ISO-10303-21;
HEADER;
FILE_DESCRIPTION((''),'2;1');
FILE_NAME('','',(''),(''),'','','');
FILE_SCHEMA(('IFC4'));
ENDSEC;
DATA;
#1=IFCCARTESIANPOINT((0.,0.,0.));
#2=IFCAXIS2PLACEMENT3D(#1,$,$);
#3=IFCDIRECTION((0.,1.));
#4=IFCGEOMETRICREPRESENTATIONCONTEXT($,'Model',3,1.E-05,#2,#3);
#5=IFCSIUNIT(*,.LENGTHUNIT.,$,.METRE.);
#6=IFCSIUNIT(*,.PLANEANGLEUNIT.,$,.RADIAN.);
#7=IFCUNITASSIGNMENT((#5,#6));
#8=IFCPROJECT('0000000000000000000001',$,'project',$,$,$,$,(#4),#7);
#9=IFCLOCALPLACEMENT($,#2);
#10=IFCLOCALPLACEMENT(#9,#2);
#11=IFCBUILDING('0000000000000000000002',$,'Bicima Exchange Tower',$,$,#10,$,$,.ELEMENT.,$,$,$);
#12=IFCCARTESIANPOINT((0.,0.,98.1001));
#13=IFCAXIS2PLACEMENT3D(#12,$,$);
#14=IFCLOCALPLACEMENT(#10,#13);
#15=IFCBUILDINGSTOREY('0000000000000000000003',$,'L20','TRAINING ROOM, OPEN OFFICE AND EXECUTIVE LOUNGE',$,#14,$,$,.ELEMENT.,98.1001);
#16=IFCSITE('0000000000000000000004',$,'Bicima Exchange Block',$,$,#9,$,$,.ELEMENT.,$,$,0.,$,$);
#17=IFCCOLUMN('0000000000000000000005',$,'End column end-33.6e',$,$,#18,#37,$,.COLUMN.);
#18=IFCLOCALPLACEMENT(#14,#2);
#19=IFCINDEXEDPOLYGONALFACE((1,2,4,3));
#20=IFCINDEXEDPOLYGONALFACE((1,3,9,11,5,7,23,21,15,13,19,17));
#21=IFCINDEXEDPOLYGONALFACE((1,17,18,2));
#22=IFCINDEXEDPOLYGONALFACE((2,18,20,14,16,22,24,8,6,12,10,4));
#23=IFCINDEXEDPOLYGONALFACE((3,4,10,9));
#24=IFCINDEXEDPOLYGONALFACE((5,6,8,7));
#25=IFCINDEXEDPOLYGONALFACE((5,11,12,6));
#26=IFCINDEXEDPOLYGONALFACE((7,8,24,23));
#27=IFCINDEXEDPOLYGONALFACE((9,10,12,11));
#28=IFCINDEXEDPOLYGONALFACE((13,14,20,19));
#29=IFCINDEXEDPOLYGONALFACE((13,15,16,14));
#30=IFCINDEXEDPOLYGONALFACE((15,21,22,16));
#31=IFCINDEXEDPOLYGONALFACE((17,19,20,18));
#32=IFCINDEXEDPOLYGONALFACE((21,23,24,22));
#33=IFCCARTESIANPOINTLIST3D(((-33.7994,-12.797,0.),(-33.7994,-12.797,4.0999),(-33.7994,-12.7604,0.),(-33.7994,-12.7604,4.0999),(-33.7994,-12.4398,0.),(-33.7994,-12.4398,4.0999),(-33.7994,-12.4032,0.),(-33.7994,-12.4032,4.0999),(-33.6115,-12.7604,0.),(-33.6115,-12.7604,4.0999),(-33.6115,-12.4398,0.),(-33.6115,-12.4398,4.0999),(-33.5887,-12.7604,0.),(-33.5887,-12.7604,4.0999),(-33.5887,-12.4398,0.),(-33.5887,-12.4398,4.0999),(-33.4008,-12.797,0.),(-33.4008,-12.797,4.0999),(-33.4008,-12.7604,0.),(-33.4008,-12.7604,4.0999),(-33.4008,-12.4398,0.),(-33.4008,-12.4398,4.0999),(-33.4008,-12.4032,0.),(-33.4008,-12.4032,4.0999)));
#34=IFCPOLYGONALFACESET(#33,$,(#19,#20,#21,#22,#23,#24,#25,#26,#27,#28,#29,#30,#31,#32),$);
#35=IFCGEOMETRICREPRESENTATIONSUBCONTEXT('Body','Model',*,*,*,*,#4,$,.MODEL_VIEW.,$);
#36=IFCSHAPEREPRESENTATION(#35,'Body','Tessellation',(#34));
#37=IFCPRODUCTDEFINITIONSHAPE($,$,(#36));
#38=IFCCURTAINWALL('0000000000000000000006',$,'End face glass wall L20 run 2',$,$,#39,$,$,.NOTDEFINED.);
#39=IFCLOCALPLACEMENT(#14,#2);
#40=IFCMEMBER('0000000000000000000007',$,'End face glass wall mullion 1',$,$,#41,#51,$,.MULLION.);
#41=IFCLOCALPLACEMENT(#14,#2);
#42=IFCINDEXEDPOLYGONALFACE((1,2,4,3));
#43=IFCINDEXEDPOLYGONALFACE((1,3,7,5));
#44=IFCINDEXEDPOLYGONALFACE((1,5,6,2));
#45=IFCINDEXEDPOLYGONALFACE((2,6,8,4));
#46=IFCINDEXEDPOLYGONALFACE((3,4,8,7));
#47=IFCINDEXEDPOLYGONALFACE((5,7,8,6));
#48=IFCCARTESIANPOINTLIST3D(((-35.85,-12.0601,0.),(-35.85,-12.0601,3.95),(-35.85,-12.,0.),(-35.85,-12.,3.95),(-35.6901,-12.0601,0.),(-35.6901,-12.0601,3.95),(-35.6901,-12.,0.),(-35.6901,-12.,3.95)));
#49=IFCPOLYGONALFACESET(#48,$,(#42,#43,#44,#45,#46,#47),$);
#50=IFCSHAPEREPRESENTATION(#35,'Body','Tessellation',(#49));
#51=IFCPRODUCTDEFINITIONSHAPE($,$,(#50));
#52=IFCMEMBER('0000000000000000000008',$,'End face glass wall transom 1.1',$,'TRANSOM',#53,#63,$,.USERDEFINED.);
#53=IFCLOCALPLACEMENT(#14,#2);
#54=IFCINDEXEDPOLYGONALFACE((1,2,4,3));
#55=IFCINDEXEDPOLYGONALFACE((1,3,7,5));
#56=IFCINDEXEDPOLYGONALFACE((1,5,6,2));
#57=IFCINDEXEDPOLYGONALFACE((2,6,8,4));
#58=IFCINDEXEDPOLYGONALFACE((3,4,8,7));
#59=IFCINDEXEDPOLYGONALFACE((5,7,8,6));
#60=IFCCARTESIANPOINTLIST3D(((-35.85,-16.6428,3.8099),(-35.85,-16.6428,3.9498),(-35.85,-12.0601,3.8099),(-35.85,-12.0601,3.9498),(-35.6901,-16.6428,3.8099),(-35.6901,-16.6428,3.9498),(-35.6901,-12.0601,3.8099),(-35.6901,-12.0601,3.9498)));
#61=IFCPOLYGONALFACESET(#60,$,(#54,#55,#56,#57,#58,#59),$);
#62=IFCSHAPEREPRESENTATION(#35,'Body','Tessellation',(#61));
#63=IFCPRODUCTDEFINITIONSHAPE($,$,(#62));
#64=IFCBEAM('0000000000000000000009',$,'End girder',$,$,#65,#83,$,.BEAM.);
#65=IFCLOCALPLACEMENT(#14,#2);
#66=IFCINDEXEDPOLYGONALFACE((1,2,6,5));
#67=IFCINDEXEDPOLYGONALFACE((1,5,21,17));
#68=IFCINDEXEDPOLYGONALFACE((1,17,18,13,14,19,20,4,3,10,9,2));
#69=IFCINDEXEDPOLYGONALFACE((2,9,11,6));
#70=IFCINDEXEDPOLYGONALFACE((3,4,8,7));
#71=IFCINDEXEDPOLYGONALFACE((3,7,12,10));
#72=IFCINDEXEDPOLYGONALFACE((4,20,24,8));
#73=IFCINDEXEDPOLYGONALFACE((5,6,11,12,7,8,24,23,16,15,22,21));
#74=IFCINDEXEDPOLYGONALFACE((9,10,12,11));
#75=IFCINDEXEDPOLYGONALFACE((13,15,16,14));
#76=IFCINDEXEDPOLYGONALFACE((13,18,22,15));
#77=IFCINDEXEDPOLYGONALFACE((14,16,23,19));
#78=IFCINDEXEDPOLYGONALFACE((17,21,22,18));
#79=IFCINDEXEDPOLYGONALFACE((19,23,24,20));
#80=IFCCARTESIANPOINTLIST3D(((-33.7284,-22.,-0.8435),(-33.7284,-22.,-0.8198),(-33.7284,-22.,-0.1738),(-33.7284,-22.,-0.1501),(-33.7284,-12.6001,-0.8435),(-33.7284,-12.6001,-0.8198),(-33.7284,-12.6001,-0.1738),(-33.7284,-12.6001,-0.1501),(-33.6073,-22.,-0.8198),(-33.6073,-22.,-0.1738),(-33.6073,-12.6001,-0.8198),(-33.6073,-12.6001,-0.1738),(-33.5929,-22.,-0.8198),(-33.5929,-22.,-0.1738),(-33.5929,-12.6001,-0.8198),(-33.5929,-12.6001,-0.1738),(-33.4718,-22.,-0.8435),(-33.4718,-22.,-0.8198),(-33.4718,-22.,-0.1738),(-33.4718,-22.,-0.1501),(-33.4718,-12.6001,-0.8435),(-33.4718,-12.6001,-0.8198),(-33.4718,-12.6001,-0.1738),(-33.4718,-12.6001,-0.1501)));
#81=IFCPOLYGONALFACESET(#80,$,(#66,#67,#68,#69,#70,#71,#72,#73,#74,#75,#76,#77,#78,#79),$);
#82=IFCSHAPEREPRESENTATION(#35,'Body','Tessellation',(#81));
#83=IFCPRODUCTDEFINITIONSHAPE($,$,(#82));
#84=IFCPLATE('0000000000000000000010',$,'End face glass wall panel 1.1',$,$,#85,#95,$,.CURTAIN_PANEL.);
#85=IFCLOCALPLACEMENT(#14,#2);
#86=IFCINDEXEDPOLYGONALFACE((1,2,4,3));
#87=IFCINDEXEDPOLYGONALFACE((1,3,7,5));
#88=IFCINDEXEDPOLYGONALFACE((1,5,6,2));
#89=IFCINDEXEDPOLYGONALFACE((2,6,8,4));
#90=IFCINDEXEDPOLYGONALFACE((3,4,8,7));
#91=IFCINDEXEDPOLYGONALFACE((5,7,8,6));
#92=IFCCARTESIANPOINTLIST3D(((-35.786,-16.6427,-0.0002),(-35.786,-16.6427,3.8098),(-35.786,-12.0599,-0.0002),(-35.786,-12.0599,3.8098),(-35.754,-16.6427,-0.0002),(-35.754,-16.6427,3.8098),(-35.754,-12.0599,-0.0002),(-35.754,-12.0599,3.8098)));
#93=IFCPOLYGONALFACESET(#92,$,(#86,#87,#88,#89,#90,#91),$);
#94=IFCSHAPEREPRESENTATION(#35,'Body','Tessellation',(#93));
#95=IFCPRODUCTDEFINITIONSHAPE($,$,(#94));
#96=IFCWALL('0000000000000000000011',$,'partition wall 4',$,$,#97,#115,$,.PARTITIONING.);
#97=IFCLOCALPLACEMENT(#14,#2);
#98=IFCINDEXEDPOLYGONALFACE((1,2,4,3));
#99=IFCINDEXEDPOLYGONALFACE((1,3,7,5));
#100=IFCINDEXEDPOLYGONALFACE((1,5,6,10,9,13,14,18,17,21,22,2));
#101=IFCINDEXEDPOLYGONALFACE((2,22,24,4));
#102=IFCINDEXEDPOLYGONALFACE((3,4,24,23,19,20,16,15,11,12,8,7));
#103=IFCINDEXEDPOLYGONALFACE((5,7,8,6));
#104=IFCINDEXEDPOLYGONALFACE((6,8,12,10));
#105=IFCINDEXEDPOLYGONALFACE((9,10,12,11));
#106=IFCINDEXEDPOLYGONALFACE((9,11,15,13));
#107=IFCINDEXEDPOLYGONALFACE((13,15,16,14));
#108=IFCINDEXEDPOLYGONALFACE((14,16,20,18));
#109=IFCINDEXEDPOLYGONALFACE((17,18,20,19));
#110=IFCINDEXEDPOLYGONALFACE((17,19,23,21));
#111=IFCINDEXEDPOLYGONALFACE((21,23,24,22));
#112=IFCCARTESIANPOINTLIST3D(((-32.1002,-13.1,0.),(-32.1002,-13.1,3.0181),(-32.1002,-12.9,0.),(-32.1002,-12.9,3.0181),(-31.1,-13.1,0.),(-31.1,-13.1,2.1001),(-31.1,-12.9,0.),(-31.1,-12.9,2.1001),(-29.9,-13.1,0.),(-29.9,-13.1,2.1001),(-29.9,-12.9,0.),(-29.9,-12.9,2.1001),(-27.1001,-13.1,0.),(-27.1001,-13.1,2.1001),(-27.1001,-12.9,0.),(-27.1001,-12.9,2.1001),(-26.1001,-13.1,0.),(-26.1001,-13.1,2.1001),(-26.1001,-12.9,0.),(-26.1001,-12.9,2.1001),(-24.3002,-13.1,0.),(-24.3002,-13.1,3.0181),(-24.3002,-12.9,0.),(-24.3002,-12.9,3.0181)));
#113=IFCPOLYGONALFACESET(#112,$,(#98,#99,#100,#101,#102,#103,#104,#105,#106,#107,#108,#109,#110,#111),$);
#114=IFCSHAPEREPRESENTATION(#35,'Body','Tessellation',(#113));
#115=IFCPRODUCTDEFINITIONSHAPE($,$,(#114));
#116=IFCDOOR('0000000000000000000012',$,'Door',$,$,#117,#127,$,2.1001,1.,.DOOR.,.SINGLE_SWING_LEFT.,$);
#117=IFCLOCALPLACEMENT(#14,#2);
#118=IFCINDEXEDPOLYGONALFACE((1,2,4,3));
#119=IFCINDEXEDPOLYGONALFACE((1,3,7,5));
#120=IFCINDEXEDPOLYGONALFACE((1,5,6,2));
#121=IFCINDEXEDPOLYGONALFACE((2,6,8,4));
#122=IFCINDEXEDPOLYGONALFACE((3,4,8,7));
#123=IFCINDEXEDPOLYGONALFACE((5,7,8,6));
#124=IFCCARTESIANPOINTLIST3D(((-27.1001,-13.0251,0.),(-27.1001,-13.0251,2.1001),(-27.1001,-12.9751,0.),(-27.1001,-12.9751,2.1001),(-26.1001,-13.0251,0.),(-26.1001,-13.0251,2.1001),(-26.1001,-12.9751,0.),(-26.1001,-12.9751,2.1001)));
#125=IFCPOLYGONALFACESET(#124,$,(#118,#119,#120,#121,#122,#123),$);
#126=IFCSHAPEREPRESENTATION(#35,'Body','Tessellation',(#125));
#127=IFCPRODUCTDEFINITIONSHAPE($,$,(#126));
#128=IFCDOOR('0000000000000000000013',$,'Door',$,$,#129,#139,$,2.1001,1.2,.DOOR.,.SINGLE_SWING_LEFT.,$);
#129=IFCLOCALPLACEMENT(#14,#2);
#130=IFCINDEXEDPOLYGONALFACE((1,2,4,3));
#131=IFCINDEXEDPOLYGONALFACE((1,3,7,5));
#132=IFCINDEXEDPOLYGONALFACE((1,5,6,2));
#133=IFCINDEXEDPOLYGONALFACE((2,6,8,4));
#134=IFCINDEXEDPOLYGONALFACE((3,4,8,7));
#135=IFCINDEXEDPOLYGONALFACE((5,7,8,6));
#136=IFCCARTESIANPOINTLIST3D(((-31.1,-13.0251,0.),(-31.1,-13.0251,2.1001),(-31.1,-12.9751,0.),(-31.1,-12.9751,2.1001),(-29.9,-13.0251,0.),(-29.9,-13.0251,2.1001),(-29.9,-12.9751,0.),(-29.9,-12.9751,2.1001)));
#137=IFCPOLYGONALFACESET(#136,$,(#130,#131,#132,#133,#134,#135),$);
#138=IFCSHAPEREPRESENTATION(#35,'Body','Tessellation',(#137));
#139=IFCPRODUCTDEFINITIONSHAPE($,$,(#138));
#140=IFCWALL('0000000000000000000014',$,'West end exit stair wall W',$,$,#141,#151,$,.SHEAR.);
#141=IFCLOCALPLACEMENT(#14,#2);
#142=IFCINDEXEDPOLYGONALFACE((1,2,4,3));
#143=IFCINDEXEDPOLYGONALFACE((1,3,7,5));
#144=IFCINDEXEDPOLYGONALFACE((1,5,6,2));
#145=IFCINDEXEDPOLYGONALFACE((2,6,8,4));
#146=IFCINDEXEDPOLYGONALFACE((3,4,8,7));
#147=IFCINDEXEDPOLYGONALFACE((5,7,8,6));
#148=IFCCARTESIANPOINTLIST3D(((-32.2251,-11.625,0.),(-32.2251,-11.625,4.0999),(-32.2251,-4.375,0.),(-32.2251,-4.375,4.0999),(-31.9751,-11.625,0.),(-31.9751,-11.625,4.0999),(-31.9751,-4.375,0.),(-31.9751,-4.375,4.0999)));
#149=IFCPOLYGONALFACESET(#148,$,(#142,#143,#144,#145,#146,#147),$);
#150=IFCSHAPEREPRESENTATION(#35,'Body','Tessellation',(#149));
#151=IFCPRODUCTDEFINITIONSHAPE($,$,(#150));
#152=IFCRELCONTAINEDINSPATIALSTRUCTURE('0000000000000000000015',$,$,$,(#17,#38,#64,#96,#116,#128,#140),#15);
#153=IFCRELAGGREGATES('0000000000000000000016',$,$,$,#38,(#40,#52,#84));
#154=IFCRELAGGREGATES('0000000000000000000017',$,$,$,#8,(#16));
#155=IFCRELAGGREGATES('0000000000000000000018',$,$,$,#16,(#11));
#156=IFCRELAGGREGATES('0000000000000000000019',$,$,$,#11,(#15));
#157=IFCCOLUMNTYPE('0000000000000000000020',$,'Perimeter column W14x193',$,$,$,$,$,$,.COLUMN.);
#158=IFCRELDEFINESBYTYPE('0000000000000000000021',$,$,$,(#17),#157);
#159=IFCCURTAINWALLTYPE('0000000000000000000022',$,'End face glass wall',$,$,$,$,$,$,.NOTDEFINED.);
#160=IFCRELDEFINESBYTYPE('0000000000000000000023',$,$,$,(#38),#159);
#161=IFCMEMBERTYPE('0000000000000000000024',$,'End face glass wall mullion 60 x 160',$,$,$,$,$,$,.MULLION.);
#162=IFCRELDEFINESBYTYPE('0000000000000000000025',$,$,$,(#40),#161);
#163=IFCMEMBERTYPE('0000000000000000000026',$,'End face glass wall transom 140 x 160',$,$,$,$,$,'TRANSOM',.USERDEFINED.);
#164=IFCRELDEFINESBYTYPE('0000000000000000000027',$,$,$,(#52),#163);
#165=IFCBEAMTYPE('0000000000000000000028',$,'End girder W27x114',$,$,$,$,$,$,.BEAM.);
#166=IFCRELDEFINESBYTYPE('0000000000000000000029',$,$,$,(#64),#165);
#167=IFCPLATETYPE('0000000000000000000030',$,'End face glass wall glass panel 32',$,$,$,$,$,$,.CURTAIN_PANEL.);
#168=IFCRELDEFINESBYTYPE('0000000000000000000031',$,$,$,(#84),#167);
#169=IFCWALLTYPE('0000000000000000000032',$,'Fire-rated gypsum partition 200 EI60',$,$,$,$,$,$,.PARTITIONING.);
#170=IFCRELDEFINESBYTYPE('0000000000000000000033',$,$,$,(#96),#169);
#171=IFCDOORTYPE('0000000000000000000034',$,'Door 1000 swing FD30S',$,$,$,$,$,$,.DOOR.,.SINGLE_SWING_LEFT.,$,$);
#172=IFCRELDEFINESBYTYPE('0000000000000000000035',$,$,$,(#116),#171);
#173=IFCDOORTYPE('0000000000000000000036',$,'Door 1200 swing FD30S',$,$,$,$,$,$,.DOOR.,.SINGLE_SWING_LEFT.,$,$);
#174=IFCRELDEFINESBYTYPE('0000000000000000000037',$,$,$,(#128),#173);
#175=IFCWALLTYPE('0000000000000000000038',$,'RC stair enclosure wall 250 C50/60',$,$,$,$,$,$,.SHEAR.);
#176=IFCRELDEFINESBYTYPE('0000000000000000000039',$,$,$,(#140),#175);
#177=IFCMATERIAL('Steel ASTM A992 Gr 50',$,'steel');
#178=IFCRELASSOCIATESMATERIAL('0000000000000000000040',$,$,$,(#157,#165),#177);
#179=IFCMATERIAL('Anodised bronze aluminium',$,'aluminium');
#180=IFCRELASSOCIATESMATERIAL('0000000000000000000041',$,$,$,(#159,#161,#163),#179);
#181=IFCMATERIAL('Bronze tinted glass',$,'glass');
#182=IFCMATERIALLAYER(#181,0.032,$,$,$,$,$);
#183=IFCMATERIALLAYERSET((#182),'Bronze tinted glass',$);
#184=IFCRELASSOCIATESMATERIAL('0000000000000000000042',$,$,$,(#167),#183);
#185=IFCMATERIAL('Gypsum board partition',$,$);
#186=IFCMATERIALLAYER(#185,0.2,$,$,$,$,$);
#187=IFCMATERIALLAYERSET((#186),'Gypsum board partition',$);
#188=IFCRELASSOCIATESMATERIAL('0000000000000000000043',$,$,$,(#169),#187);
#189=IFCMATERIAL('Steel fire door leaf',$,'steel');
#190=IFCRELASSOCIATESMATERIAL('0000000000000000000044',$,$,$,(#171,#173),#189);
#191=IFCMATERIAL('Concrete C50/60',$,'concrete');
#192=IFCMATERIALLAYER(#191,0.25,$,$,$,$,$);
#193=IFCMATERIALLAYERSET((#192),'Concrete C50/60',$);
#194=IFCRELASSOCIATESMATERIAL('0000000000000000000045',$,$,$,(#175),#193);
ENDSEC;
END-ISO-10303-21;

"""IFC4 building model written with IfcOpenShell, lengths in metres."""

from ifc_helpers import new_model, si_unit, direction, frame, frame_2d, origin, origin_2d, place, context, subcontext, project, spatial, rectangle, i_section, extrude, material, layer, layer_set, material_profile, profile_set, type_object, element, fill, aggregate, save


model = new_model("IFC4")

# Units and contexts
model_context = context("Model", 3, precision=1e-05, world=origin(), true_north=direction((0.0, 1.0)))
body_context = subcontext(model_context, "Body", "Model", "MODEL_VIEW")
ifc_project = project(units=[si_unit("LENGTHUNIT", "METRE"), si_unit("PLANEANGLEUNIT", "RADIAN")], contexts=[model_context])

# Site, building, storey
site_placement = place(None, origin())
site = spatial("IfcSite", under=ifc_project, at=site_placement, Name="Bicima Exchange Block", CompositionType="ELEMENT", RefElevation=0.0)
building_placement = place(site_placement, origin())
building = spatial("IfcBuilding", under=site, at=building_placement, Name="Bicima Exchange Tower", CompositionType="ELEMENT")
storey_placement = place(building_placement, frame((0.0, 0.0, 98.1001)))
storey = spatial("IfcBuildingStorey", under=building, at=storey_placement, Name="L20", Description="TRAINING ROOM, OPEN OFFICE AND EXECUTIVE LOUNGE", CompositionType="ELEMENT", Elevation=98.1001)

# Column
ifc_material_1 = material(Name="Steel ASTM A992 Gr 50", Category="steel")
ifc_material_profile_1 = material_profile(ifc_material_1, i_section(OverallWidth=0.3987, OverallDepth=0.3938, WebThickness=0.0227, FlangeThickness=0.0366, at=origin_2d()))
ifc_profile_set_1 = profile_set([ifc_material_profile_1], Name="Steel ASTM A992 Gr 50")
column_type = type_object("IfcColumnType", Name="Perimeter column W14x193", PredefinedType="COLUMN", material=ifc_profile_set_1)
column_placement = place(storey_placement, frame((-33.6001, -12.6001, 0.0), z_axis=(0.0, 0.0, 1.0), x_axis=(1.0, 0.0, 0.0)))
element("IfcColumn", 1, at=column_placement, inside=storey, type_object=column_type, Name="End column end-33.6e", PredefinedType="COLUMN", context=body_context, shape_type="SweptSolid", body=[
    extrude(i_section(OverallWidth=0.3987, OverallDepth=0.3938, WebThickness=0.0227, FlangeThickness=0.0366, at=origin_2d()), origin(), (0.0, 0.0, 1.0), 4.0999),
])

# Curtain wall, members
ifc_material_2 = material(Name="Anodised bronze aluminium", Category="aluminium")
curtain_wall_type = type_object("IfcCurtainWallType", Name="End face glass wall", PredefinedType="NOTDEFINED", material=ifc_material_2)
curtain_wall_placement = place(storey_placement, origin())
curtain_wall = element("IfcCurtainWall", 2, at=curtain_wall_placement, inside=storey, type_object=curtain_wall_type, Name="End face glass wall L20 run 2", PredefinedType="NOTDEFINED")
ifc_material_profile_2 = material_profile(ifc_material_2, rectangle(XDim=0.1599, YDim=0.0601, at=origin_2d()))
ifc_profile_set_2 = profile_set([ifc_material_profile_2], Name="Anodised bronze aluminium")
member_type_1 = type_object("IfcMemberType", Name="End face glass wall mullion 60 x 160", PredefinedType="MULLION", material=ifc_profile_set_2)
member_1_placement = place(storey_placement, frame((-35.77, -12.03, 0.0), z_axis=(0.0, 0.0, 1.0), x_axis=(1.0, 0.0, 0.0)))
member_1 = element("IfcMember", 3, at=member_1_placement, type_object=member_type_1, Name="End face glass wall mullion 1", PredefinedType="MULLION", context=body_context, shape_type="SweptSolid", body=[
    extrude(rectangle(XDim=0.1599, YDim=0.0601, at=origin_2d()), origin(), (0.0, 0.0, 1.0), 3.95),
])
ifc_material_profile_3 = material_profile(ifc_material_2, rectangle(XDim=0.1599, YDim=0.1399, at=origin_2d()))
ifc_profile_set_3 = profile_set([ifc_material_profile_3], Name="Anodised bronze aluminium")
member_type_2 = type_object("IfcMemberType", Name="End face glass wall transom 140 x 160", ElementType="TRANSOM", PredefinedType="USERDEFINED", material=ifc_profile_set_3)
member_2_placement = place(storey_placement, frame((-35.77, -12.0601, 3.8799), z_axis=(0.0, -1.0, 0.0), x_axis=(1.0, 0.0, 0.0)))
member_2 = element("IfcMember", 4, at=member_2_placement, type_object=member_type_2, Name="End face glass wall transom 1.1", ObjectType="TRANSOM", PredefinedType="USERDEFINED", context=body_context, shape_type="SweptSolid", body=[
    extrude(rectangle(XDim=0.1599, YDim=0.1399, at=origin_2d()), origin(), (0.0, 0.0, 1.0), 4.5828),
])

# Beam
ifc_material_profile_4 = material_profile(ifc_material_1, i_section(OverallWidth=0.2566, OverallDepth=0.6934, WebThickness=0.0144, FlangeThickness=0.0237, at=origin_2d()))
ifc_profile_set_4 = profile_set([ifc_material_profile_4], Name="Steel ASTM A992 Gr 50")
beam_type = type_object("IfcBeamType", Name="End girder W27x114", PredefinedType="BEAM", material=ifc_profile_set_4)
beam_placement = place(storey_placement, frame((-33.6001, -12.6001, -0.4968), z_axis=(0.0, -1.0, 0.0), x_axis=(1.0, 0.0, 0.0)))
element("IfcBeam", 5, at=beam_placement, inside=storey, type_object=beam_type, Name="End girder", PredefinedType="BEAM", context=body_context, shape_type="SweptSolid", body=[
    extrude(i_section(OverallWidth=0.2566, OverallDepth=0.6934, WebThickness=0.0144, FlangeThickness=0.0237, at=origin_2d()), origin(), (0.0, 0.0, 1.0), 9.3999),
])

# Plate
ifc_material_3 = material(Name="Bronze tinted glass", Category="glass")
ifc_layer_1 = layer(ifc_material_3, 0.032)
ifc_layer_set_1 = layer_set([ifc_layer_1], Name="Bronze tinted glass")
plate_type = type_object("IfcPlateType", Name="End face glass wall glass panel 32", PredefinedType="CURTAIN_PANEL", material=ifc_layer_set_1)
plate_placement = place(storey_placement, frame((-35.77, -14.3513, -0.0002), z_axis=(0.0, 0.0, 1.0), x_axis=(0.0, -1.0, 0.0)))
plate = element("IfcPlate", 6, at=plate_placement, type_object=plate_type, Name="End face glass wall panel 1.1", PredefinedType="CURTAIN_PANEL", context=body_context, shape_type="SweptSolid", body=[
    extrude(rectangle(XDim=4.5828, YDim=0.032, at=origin_2d()), origin(), (0.0, 0.0, 1.0), 3.8101),
])
aggregate(curtain_wall, [member_1, member_2, plate])

# Wall, openings, doors
ifc_material_4 = material(Name="Gypsum board partition")
ifc_layer_2 = layer(ifc_material_4, 0.2)
ifc_layer_set_2 = layer_set([ifc_layer_2], Name="Gypsum board partition")
wall_type_1 = type_object("IfcWallType", Name="Fire-rated gypsum partition 200 EI60", PredefinedType="PARTITIONING", material=ifc_layer_set_2)
ifc_material_5 = material(Name="Steel fire door leaf", Category="steel")
door_type_1 = type_object("IfcDoorType", Name="Door 1000 swing FD30S", OperationType="SINGLE_SWING_LEFT", PredefinedType="DOOR", material=ifc_material_5)
wall_1_placement = place(storey_placement, frame((-32.1001, -13.0, 0.0), z_axis=(0.0, 0.0, 1.0), x_axis=(1.0, 0.0, 0.0)))
wall_1 = element("IfcWall", 7, at=wall_1_placement, inside=storey, type_object=wall_type_1, Name="partition wall 4", PredefinedType="PARTITIONING", context=body_context, shape_type="SweptSolid", body=[
    extrude(rectangle(XDim=7.8, YDim=0.2, at=frame_2d((3.8999, 0.0))), origin(), (0.0, 0.0, 1.0), 3.0181),
])
opening_1_placement = place(wall_1_placement, frame((1.0, 0.0, 0.0)))
opening_1 = element("IfcOpeningElement", 8, at=opening_1_placement, cuts=wall_1, PredefinedType="OPENING", context=body_context, shape_type="SweptSolid", body=[
    extrude(rectangle(XDim=1.2, YDim=2.1001, at=frame_2d((0.6001, 1.05))), frame((0.0, 0.1118, 0.0), z_axis=(0.0, -1.0, 0.0), x_axis=(1.0, 0.0, 0.0)), (0.0, 0.0, 1.0), 0.2239),
])
opening_2_placement = place(wall_1_placement, frame((5.0, 0.0, 0.0)))
opening_2 = element("IfcOpeningElement", 9, at=opening_2_placement, cuts=wall_1, PredefinedType="OPENING", context=body_context, shape_type="SweptSolid", body=[
    extrude(rectangle(XDim=1.0, YDim=2.1001, at=frame_2d((0.5, 1.05))), frame((0.0, 0.1118, 0.0), z_axis=(0.0, -1.0, 0.0), x_axis=(1.0, 0.0, 0.0)), (0.0, 0.0, 1.0), 0.2239),
])
door_1_placement = place(opening_2_placement, origin())
door_1 = element("IfcDoor", 10, at=door_1_placement, inside=storey, type_object=door_type_1, Name="Door", OperationType="SINGLE_SWING_LEFT", OverallHeight=2.1001, OverallWidth=1.0, PredefinedType="DOOR", context=body_context, shape_type="SweptSolid", body=[
    extrude(rectangle(XDim=1.0, YDim=2.1001, at=frame_2d((0.5, 1.05))), frame((0.0, 0.0249, 0.0), z_axis=(0.0, -1.0, 0.0), x_axis=(1.0, 0.0, 0.0)), (0.0, 0.0, 1.0), 0.05),
])
fill(opening_2, door_1)
door_type_2 = type_object("IfcDoorType", Name="Door 1200 swing FD30S", OperationType="SINGLE_SWING_LEFT", PredefinedType="DOOR", material=ifc_material_5)
door_2_placement = place(opening_1_placement, origin())
door_2 = element("IfcDoor", 11, at=door_2_placement, inside=storey, type_object=door_type_2, Name="Door", OperationType="SINGLE_SWING_LEFT", OverallHeight=2.1001, OverallWidth=1.2, PredefinedType="DOOR", context=body_context, shape_type="SweptSolid", body=[
    extrude(rectangle(XDim=1.2, YDim=2.1001, at=frame_2d((0.6001, 1.05))), frame((0.0, 0.0249, 0.0), z_axis=(0.0, -1.0, 0.0), x_axis=(1.0, 0.0, 0.0)), (0.0, 0.0, 1.0), 0.05),
])
fill(opening_1, door_2)

# Wall
ifc_material_6 = material(Name="Concrete C50/60", Category="concrete")
ifc_layer_3 = layer(ifc_material_6, 0.25)
ifc_layer_set_3 = layer_set([ifc_layer_3], Name="Concrete C50/60")
wall_type_2 = type_object("IfcWallType", Name="RC stair enclosure wall 250 C50/60", PredefinedType="SHEAR", material=ifc_layer_set_3)
wall_2_placement = place(storey_placement, frame((-32.1001, -11.625, 0.0), z_axis=(0.0, 0.0, 1.0), x_axis=(0.0, 1.0, 0.0)))
element("IfcWall", 12, at=wall_2_placement, inside=storey, type_object=wall_type_2, Name="West end exit stair wall W", PredefinedType="SHEAR", context=body_context, shape_type="SweptSolid", body=[
    extrude(rectangle(XDim=7.25, YDim=0.25, at=frame_2d((3.625, 0.0))), origin(), (0.0, 0.0, 1.0), 4.0999),
])

save(model, "model.ifc")
